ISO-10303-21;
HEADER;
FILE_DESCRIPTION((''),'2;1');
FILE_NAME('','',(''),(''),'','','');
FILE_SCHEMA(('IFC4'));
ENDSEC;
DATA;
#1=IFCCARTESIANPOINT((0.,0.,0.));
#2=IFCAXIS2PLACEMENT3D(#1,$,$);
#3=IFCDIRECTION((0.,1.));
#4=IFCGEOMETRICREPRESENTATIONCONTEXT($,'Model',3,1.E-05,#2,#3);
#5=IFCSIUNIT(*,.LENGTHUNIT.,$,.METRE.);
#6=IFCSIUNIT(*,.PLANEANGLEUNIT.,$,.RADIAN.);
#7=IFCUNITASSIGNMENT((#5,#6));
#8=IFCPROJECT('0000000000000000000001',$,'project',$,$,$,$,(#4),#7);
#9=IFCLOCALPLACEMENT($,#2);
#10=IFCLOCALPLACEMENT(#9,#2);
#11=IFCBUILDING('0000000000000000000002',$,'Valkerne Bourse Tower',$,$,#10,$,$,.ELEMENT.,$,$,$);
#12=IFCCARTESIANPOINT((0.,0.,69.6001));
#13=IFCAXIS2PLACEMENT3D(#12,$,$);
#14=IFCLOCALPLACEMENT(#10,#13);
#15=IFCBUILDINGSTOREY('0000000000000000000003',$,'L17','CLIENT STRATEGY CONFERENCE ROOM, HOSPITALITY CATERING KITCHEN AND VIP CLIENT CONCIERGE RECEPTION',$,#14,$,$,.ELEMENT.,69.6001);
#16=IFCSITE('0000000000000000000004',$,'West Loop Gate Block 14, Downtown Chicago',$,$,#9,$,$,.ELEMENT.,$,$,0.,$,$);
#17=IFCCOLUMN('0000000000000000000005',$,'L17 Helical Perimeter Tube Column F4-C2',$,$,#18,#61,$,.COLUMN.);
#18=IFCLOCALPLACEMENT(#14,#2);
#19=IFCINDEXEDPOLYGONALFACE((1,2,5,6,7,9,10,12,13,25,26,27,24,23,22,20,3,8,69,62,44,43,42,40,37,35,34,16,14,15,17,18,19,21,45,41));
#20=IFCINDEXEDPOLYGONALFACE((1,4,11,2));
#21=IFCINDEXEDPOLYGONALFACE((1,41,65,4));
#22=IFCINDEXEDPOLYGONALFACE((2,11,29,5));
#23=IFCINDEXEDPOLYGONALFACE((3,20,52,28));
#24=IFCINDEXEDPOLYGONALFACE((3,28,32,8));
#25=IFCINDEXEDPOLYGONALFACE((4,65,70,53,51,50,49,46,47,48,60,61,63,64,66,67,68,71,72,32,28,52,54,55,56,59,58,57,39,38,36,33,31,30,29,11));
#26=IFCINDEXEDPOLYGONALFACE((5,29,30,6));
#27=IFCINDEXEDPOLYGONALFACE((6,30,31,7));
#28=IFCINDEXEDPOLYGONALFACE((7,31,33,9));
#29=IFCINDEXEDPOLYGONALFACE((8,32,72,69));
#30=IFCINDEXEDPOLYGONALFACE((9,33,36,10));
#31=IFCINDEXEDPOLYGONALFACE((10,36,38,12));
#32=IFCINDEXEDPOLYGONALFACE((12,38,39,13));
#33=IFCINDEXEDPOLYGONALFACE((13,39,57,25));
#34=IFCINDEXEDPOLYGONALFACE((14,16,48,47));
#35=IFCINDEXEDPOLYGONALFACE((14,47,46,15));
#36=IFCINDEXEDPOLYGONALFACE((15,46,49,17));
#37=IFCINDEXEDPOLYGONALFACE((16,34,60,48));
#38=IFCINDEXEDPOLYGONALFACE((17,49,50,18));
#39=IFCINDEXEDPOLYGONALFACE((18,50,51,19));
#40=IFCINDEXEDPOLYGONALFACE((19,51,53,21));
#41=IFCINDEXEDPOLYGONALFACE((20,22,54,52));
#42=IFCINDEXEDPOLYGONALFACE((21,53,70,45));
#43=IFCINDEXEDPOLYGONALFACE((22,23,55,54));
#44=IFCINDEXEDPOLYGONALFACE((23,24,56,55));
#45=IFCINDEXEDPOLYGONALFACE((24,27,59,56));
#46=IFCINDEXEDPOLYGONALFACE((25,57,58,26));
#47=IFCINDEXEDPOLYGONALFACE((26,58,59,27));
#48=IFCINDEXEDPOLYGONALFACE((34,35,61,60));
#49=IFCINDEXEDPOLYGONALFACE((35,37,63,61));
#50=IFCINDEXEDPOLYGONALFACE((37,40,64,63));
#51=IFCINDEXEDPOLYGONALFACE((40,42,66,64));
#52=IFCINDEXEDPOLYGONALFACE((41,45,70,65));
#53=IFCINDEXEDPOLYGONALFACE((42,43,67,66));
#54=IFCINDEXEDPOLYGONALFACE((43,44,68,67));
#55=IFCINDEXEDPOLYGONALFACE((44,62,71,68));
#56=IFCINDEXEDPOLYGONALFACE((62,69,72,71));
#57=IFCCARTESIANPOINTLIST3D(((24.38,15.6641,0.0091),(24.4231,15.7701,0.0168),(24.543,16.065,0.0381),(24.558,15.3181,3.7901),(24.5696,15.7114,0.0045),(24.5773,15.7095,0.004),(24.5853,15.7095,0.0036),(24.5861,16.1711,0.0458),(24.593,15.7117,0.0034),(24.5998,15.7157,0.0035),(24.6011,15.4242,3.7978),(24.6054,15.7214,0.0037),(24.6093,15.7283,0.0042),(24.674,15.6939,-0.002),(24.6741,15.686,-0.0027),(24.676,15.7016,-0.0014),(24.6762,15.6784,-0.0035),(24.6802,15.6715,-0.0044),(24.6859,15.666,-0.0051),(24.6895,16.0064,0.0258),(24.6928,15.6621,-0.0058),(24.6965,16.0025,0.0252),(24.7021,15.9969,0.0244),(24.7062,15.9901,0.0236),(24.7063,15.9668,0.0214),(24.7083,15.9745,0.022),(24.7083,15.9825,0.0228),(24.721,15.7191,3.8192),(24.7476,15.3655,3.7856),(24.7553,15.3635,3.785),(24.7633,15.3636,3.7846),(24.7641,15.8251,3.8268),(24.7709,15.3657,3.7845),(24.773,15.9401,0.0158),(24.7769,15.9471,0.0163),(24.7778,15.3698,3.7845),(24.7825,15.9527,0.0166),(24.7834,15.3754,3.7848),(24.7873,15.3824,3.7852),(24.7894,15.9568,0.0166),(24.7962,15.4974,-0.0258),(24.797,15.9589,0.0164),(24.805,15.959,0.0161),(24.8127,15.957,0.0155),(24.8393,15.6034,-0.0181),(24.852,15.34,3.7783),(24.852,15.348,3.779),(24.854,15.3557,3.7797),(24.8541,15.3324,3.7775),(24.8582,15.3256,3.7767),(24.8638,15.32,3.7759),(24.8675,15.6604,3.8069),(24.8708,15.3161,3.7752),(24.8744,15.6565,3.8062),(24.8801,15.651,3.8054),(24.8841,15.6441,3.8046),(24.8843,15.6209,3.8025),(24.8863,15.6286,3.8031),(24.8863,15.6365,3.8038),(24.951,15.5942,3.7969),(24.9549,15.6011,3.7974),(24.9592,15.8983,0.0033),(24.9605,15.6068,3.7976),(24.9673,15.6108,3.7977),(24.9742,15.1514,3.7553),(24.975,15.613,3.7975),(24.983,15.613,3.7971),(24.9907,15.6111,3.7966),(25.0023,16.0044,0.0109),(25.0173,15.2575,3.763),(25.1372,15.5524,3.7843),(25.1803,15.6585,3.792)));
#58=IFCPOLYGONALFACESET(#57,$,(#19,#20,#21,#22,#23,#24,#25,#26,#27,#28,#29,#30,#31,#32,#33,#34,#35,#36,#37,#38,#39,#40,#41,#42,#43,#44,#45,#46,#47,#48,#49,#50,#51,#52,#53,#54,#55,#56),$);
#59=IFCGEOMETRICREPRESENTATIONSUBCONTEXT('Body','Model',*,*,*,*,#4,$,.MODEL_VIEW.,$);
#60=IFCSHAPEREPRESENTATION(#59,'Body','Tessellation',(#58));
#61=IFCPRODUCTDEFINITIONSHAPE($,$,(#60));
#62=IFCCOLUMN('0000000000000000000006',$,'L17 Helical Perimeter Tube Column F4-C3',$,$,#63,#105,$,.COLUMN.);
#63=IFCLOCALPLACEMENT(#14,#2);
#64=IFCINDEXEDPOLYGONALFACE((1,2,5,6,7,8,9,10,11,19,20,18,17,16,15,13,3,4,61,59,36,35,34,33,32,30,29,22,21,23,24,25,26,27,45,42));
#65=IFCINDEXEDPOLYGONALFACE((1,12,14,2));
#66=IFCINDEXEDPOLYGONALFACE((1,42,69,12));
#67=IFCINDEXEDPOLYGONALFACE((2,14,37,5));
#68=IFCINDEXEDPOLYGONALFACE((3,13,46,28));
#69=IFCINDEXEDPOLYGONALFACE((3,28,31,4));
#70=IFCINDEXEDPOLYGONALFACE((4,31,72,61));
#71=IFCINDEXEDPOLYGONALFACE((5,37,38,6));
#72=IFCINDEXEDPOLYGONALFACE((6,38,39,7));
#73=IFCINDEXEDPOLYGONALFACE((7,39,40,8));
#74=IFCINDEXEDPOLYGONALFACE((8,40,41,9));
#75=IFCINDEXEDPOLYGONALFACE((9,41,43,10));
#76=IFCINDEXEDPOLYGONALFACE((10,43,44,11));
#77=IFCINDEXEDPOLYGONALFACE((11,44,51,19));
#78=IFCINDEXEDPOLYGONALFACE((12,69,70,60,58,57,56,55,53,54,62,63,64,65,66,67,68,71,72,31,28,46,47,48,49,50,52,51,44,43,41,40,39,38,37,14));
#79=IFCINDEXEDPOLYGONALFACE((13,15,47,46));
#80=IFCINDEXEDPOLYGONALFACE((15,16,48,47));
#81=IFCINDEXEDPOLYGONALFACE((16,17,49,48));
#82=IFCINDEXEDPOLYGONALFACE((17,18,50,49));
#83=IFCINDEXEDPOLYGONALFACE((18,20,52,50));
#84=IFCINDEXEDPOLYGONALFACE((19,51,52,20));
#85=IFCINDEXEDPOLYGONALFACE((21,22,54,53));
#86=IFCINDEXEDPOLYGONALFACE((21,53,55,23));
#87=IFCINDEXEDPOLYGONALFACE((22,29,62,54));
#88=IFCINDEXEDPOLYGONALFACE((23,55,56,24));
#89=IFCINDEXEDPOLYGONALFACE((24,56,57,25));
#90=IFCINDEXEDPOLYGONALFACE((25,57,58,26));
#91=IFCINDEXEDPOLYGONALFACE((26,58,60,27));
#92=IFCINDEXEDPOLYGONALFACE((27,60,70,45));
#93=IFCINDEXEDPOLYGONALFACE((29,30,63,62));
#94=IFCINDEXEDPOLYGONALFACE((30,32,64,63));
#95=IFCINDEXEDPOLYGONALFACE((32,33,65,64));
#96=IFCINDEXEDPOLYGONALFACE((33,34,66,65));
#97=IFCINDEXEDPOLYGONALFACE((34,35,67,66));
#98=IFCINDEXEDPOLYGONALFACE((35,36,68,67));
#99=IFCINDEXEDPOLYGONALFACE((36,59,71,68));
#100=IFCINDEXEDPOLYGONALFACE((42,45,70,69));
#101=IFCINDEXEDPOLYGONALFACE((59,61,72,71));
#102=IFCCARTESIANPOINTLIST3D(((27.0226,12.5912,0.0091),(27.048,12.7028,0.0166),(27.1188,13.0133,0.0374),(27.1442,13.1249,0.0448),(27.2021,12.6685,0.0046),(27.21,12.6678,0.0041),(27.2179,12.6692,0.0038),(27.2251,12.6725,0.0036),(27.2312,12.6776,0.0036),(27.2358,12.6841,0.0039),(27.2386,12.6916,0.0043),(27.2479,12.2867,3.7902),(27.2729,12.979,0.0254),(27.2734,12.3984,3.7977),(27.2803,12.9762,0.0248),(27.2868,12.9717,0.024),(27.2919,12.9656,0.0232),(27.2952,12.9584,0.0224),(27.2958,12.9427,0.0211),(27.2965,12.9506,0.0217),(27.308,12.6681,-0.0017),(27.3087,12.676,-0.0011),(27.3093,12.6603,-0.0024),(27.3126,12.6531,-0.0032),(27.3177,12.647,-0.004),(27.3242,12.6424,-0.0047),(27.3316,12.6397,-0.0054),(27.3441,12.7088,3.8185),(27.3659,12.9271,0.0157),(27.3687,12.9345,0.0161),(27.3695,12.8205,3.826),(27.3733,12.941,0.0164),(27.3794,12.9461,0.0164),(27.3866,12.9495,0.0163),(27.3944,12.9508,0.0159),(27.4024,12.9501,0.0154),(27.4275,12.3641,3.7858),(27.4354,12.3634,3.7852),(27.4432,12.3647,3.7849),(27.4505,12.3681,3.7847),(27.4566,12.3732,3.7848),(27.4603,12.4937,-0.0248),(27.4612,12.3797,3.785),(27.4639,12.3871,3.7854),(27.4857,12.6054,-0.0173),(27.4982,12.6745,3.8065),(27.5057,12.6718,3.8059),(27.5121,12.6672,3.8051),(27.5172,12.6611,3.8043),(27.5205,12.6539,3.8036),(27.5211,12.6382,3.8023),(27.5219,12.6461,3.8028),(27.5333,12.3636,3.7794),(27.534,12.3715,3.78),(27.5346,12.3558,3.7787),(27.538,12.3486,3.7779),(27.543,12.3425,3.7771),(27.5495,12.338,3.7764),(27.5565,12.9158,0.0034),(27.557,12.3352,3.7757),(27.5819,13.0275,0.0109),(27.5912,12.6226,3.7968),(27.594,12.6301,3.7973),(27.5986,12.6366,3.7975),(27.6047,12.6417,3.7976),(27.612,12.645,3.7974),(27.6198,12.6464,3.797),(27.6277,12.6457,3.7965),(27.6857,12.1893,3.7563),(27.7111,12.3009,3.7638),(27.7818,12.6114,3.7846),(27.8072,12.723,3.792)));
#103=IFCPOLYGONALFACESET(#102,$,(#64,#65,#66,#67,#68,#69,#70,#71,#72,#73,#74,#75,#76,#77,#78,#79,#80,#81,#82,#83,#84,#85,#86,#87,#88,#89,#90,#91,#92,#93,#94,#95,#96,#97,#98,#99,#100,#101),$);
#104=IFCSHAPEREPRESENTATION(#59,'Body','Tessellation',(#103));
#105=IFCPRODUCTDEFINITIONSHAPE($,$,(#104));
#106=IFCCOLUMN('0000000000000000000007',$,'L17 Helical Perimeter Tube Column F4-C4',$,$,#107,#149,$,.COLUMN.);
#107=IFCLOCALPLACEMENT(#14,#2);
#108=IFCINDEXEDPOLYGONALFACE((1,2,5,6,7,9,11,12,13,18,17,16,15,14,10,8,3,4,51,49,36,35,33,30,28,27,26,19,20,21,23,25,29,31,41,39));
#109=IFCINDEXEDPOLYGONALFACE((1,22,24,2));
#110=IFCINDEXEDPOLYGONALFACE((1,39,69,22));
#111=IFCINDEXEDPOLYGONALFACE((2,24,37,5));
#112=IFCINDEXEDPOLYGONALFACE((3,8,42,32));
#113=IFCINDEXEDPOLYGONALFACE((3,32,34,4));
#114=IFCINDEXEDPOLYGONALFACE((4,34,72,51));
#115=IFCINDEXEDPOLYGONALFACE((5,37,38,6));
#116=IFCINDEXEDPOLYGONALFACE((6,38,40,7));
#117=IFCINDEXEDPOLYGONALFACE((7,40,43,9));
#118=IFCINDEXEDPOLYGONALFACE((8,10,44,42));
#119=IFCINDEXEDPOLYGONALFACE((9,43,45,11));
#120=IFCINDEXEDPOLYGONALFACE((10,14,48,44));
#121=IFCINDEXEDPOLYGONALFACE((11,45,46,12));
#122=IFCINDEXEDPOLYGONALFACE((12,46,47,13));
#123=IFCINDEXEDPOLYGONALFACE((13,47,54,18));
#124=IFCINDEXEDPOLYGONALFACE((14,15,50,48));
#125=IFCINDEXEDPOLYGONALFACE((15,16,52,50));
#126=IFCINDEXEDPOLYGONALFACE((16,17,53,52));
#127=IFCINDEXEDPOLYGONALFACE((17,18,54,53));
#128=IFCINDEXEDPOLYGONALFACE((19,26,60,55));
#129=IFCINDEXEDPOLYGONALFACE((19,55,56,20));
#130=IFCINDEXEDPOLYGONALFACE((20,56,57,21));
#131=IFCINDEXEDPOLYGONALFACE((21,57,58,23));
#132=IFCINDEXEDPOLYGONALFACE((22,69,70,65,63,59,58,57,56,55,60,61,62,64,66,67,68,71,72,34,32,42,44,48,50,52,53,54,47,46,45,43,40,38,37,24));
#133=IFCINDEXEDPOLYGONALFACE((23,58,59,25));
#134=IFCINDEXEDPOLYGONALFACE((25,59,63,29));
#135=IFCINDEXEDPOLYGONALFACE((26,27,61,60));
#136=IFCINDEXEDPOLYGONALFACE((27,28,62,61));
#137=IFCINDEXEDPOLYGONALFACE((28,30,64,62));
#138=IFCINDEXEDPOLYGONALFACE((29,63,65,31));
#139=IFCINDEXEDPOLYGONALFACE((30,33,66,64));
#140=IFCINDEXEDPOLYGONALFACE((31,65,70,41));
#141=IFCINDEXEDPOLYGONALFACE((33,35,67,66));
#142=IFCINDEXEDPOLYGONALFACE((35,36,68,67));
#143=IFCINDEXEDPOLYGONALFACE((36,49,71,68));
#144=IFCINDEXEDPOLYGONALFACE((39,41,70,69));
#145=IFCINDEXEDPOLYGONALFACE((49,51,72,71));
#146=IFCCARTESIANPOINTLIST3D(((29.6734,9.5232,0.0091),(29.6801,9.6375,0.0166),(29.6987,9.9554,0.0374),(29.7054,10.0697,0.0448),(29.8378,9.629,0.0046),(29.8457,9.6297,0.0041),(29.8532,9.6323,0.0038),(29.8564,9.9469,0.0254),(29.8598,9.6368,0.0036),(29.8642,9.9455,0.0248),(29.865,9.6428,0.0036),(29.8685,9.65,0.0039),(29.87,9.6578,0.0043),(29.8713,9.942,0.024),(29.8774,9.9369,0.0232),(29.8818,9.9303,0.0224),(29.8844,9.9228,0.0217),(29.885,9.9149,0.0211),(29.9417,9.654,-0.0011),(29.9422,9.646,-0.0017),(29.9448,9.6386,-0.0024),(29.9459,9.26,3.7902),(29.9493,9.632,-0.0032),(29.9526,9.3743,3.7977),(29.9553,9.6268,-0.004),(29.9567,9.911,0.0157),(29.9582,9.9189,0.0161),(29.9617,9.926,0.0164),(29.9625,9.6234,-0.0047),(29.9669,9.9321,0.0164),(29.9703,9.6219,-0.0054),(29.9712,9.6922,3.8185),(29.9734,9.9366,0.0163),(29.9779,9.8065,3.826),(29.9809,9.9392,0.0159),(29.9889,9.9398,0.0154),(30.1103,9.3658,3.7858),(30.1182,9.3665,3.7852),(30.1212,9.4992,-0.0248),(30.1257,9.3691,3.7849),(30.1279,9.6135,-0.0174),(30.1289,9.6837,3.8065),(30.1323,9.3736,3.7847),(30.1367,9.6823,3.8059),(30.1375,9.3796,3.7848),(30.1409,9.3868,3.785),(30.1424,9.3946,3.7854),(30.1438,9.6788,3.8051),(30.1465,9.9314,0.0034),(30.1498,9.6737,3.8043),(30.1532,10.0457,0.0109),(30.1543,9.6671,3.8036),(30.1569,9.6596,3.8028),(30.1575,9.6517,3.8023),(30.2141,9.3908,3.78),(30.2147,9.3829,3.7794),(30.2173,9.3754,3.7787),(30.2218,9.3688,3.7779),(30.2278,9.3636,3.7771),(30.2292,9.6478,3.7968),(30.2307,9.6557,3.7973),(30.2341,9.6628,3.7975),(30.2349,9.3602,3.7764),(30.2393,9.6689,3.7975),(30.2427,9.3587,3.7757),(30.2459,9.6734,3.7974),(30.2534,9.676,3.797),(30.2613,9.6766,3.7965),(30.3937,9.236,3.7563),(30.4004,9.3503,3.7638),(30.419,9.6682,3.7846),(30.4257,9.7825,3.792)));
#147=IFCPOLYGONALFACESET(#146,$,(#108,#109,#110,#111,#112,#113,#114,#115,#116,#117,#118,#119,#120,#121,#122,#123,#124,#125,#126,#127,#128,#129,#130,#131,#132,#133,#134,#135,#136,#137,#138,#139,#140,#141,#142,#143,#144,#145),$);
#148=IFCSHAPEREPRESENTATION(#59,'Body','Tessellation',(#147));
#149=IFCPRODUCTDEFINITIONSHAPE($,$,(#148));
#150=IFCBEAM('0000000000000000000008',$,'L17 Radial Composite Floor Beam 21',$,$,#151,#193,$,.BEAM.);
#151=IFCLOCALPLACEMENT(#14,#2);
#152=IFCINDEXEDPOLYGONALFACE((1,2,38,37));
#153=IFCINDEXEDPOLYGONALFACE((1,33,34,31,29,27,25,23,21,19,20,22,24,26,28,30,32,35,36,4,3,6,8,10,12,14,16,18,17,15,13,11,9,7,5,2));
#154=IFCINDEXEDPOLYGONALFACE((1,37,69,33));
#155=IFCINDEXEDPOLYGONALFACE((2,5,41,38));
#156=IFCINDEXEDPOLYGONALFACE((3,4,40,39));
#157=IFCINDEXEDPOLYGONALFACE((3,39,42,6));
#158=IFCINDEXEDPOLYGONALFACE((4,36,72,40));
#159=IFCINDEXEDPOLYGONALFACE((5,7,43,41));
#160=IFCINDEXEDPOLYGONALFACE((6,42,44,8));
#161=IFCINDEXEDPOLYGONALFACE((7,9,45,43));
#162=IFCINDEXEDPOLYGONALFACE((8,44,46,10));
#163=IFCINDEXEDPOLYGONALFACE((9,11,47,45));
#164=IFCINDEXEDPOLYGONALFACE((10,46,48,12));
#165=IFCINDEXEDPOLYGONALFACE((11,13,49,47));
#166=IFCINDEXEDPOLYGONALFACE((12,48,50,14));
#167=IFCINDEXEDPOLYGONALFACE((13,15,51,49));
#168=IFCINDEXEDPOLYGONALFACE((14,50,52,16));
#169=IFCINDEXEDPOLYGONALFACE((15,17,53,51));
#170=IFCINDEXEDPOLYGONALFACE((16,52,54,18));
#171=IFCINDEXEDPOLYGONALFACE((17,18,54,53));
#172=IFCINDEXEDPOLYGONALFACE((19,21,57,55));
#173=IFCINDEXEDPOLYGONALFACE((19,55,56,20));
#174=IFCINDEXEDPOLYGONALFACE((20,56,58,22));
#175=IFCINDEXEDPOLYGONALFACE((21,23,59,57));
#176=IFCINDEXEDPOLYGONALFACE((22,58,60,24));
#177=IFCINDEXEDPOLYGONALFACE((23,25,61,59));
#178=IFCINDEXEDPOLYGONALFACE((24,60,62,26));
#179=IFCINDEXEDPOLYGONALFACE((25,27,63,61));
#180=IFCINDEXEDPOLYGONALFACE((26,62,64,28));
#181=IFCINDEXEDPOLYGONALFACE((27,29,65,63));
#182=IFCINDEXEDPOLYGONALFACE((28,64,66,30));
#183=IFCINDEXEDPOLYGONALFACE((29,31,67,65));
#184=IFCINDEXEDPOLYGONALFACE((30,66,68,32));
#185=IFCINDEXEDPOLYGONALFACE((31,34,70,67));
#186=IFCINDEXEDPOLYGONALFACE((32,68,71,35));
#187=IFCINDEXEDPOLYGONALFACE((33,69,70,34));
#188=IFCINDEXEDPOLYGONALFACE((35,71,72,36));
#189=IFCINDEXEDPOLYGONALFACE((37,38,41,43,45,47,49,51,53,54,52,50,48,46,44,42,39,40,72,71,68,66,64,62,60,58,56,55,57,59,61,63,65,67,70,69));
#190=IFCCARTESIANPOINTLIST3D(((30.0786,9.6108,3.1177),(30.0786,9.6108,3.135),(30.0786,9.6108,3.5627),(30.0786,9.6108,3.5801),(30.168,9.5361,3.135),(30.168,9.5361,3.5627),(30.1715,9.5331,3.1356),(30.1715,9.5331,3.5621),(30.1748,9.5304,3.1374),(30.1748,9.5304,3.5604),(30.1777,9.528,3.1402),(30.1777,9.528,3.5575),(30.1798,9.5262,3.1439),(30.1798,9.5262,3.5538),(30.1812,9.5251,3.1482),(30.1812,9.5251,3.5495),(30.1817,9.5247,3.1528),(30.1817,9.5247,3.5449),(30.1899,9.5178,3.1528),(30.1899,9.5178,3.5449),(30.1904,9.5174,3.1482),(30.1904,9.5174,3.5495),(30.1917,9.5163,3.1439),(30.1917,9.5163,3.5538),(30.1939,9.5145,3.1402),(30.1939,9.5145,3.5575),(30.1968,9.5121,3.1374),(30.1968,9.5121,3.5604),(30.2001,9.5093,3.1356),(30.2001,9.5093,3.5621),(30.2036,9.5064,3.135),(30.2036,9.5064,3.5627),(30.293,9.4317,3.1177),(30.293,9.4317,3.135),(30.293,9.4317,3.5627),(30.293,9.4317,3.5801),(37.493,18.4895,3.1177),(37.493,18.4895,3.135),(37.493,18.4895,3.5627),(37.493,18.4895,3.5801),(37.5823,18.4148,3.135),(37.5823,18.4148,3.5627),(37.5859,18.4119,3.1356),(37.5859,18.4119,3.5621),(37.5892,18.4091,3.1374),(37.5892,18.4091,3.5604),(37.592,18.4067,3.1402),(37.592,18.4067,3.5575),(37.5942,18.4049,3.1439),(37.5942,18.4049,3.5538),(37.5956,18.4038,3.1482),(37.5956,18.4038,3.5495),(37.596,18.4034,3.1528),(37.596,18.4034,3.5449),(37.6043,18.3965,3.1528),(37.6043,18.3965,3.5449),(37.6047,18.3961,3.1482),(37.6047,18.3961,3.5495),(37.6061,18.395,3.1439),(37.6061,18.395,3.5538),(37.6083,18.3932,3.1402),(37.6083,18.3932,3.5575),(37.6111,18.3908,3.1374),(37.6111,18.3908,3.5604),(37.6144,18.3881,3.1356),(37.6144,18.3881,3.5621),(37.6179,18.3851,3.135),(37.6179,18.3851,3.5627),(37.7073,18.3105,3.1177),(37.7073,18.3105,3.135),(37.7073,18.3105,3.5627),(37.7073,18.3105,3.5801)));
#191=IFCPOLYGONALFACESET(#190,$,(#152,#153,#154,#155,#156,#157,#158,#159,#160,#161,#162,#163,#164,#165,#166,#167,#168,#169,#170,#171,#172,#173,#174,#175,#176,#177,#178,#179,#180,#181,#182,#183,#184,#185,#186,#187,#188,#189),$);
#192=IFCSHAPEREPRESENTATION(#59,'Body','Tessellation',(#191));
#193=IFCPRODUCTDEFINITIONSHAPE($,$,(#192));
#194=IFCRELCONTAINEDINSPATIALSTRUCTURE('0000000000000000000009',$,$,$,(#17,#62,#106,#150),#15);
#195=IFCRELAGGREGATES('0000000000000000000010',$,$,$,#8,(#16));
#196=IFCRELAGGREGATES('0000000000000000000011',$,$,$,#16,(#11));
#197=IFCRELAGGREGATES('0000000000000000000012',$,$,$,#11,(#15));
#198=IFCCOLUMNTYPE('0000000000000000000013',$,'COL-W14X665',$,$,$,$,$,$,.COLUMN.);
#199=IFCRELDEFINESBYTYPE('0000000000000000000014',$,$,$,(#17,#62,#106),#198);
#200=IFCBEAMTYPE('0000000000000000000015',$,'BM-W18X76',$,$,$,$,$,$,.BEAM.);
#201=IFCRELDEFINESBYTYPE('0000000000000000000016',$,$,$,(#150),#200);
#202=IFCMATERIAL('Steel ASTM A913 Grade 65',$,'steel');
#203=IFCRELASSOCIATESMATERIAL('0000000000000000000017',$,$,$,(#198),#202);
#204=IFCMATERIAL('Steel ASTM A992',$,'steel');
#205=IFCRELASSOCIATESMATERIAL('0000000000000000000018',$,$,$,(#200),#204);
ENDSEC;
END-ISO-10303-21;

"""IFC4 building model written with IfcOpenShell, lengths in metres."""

from ifc_helpers import new_model, si_unit, direction, frame, origin, origin_2d, place, context, subcontext, project, spatial, i_section, extrude, material, material_profile, profile_set, type_object, element, save


model = new_model("IFC4")

# Units and contexts
model_context = context("Model", 3, precision=1e-05, world=origin(), true_north=direction((0.0, 1.0)))
body_context = subcontext(model_context, "Body", "Model", "MODEL_VIEW")
ifc_project = project(units=[si_unit("LENGTHUNIT", "METRE"), si_unit("PLANEANGLEUNIT", "RADIAN")], contexts=[model_context])

# Site, building, storey
site_placement = place(None, origin())
site = spatial("IfcSite", under=ifc_project, at=site_placement, Name="West Loop Gate Block 14, Downtown Chicago", CompositionType="ELEMENT", RefElevation=0.0)
building_placement = place(site_placement, origin())
building = spatial("IfcBuilding", under=site, at=building_placement, Name="Valkerne Bourse Tower", CompositionType="ELEMENT")
storey_placement = place(building_placement, frame((0.0, 0.0, 69.6001)))
storey = spatial("IfcBuildingStorey", under=building, at=storey_placement, Name="L17", Description="CLIENT STRATEGY CONFERENCE ROOM, HOSPITALITY CATERING KITCHEN AND VIP CLIENT CONCIERGE RECEPTION", CompositionType="ELEMENT", Elevation=69.6001)

# Columns
ifc_material_1 = material(Name="Steel ASTM A913 Grade 65", Category="steel")
ifc_material_profile_1 = material_profile(ifc_material_1, i_section(OverallWidth=0.4497, OverallDepth=0.5486, WebThickness=0.072, FlangeThickness=0.1147, FilletRadius=0.0305, at=origin_2d()), Name="W14X665")
ifc_profile_set_1 = profile_set([ifc_material_profile_1], Name="Steel ASTM A913 Grade 65")
column_type = type_object("IfcColumnType", Name="COL-W14X665", PredefinedType="COLUMN", material=ifc_profile_set_1)
column_placement = place(storey_placement, frame((24.6912, 15.8342, 0.01), z_axis=(0.046825, -0.091016, 0.994748), x_axis=(0.925524, -0.370677, -0.077482)))
element("IfcColumn", 1, at=column_placement, inside=storey, type_object=column_type, Name="L17 Helical Perimeter Tube Column F4-C2", PredefinedType="COLUMN", context=body_context, shape_type="SweptSolid", body=[
    extrude(i_section(OverallWidth=0.4497, OverallDepth=0.5486, WebThickness=0.072, FlangeThickness=0.1147, FilletRadius=0.0305, at=origin_2d()), origin(), (0.0, 0.0, 1.0), 3.801),
])
for number, where, z_axis, x_axis, name in (
    (2, (27.3022, 12.8093, 0.01), (0.059302, -0.080118, 0.99502), (0.973322, -0.21668, -0.075455), "L17 Helical Perimeter Tube Column F4-C3"),
    (3, (29.9133, 9.7844, 0.01), (0.071701, -0.06926, 0.995019), (0.995721, -0.053336, -0.075465), "L17 Helical Perimeter Tube Column F4-C4"),
):
    element("IfcColumn", number, at=place(storey_placement, frame(where, z_axis=z_axis, x_axis=x_axis)), inside=storey, type_object=column_type, Name=name, PredefinedType="COLUMN", context=body_context, shape_type="SweptSolid", body=[
        extrude(i_section(OverallWidth=0.4497, OverallDepth=0.5486, WebThickness=0.072, FlangeThickness=0.1147, FilletRadius=0.0305, at=origin_2d()), origin(), (0.0, 0.0, 1.0), 3.8),
    ])

# Beam
ifc_material_2 = material(Name="Steel ASTM A992", Category="steel")
ifc_material_profile_2 = material_profile(ifc_material_2, i_section(OverallWidth=0.2793, OverallDepth=0.4624, WebThickness=0.0107, FlangeThickness=0.0173, FilletRadius=0.0178, at=origin_2d()), Name="W18X76")
ifc_profile_set_2 = profile_set([ifc_material_profile_2], Name="Steel ASTM A992")
beam_type_1 = type_object("IfcBeamType", Name="BM-W18X76", PredefinedType="BEAM", material=ifc_profile_set_2)
beam_1_placement = place(storey_placement, frame((30.1858, 9.5212, 3.3489), z_axis=(0.640971, 0.767565, 0.0), x_axis=(-0.767565, 0.640971, 0.0)))
element("IfcBeam", 4, at=beam_1_placement, inside=storey, type_object=beam_type_1, Name="L17 Radial Composite Floor Beam 21", PredefinedType="BEAM", context=body_context, shape_type="SweptSolid", body=[
    extrude(i_section(OverallWidth=0.2793, OverallDepth=0.4624, WebThickness=0.0107, FlangeThickness=0.0173, FilletRadius=0.0178, at=origin_2d()), origin(), (0.0, 0.0, 1.0), 11.5674),
])

save(model, "model.ifc")
